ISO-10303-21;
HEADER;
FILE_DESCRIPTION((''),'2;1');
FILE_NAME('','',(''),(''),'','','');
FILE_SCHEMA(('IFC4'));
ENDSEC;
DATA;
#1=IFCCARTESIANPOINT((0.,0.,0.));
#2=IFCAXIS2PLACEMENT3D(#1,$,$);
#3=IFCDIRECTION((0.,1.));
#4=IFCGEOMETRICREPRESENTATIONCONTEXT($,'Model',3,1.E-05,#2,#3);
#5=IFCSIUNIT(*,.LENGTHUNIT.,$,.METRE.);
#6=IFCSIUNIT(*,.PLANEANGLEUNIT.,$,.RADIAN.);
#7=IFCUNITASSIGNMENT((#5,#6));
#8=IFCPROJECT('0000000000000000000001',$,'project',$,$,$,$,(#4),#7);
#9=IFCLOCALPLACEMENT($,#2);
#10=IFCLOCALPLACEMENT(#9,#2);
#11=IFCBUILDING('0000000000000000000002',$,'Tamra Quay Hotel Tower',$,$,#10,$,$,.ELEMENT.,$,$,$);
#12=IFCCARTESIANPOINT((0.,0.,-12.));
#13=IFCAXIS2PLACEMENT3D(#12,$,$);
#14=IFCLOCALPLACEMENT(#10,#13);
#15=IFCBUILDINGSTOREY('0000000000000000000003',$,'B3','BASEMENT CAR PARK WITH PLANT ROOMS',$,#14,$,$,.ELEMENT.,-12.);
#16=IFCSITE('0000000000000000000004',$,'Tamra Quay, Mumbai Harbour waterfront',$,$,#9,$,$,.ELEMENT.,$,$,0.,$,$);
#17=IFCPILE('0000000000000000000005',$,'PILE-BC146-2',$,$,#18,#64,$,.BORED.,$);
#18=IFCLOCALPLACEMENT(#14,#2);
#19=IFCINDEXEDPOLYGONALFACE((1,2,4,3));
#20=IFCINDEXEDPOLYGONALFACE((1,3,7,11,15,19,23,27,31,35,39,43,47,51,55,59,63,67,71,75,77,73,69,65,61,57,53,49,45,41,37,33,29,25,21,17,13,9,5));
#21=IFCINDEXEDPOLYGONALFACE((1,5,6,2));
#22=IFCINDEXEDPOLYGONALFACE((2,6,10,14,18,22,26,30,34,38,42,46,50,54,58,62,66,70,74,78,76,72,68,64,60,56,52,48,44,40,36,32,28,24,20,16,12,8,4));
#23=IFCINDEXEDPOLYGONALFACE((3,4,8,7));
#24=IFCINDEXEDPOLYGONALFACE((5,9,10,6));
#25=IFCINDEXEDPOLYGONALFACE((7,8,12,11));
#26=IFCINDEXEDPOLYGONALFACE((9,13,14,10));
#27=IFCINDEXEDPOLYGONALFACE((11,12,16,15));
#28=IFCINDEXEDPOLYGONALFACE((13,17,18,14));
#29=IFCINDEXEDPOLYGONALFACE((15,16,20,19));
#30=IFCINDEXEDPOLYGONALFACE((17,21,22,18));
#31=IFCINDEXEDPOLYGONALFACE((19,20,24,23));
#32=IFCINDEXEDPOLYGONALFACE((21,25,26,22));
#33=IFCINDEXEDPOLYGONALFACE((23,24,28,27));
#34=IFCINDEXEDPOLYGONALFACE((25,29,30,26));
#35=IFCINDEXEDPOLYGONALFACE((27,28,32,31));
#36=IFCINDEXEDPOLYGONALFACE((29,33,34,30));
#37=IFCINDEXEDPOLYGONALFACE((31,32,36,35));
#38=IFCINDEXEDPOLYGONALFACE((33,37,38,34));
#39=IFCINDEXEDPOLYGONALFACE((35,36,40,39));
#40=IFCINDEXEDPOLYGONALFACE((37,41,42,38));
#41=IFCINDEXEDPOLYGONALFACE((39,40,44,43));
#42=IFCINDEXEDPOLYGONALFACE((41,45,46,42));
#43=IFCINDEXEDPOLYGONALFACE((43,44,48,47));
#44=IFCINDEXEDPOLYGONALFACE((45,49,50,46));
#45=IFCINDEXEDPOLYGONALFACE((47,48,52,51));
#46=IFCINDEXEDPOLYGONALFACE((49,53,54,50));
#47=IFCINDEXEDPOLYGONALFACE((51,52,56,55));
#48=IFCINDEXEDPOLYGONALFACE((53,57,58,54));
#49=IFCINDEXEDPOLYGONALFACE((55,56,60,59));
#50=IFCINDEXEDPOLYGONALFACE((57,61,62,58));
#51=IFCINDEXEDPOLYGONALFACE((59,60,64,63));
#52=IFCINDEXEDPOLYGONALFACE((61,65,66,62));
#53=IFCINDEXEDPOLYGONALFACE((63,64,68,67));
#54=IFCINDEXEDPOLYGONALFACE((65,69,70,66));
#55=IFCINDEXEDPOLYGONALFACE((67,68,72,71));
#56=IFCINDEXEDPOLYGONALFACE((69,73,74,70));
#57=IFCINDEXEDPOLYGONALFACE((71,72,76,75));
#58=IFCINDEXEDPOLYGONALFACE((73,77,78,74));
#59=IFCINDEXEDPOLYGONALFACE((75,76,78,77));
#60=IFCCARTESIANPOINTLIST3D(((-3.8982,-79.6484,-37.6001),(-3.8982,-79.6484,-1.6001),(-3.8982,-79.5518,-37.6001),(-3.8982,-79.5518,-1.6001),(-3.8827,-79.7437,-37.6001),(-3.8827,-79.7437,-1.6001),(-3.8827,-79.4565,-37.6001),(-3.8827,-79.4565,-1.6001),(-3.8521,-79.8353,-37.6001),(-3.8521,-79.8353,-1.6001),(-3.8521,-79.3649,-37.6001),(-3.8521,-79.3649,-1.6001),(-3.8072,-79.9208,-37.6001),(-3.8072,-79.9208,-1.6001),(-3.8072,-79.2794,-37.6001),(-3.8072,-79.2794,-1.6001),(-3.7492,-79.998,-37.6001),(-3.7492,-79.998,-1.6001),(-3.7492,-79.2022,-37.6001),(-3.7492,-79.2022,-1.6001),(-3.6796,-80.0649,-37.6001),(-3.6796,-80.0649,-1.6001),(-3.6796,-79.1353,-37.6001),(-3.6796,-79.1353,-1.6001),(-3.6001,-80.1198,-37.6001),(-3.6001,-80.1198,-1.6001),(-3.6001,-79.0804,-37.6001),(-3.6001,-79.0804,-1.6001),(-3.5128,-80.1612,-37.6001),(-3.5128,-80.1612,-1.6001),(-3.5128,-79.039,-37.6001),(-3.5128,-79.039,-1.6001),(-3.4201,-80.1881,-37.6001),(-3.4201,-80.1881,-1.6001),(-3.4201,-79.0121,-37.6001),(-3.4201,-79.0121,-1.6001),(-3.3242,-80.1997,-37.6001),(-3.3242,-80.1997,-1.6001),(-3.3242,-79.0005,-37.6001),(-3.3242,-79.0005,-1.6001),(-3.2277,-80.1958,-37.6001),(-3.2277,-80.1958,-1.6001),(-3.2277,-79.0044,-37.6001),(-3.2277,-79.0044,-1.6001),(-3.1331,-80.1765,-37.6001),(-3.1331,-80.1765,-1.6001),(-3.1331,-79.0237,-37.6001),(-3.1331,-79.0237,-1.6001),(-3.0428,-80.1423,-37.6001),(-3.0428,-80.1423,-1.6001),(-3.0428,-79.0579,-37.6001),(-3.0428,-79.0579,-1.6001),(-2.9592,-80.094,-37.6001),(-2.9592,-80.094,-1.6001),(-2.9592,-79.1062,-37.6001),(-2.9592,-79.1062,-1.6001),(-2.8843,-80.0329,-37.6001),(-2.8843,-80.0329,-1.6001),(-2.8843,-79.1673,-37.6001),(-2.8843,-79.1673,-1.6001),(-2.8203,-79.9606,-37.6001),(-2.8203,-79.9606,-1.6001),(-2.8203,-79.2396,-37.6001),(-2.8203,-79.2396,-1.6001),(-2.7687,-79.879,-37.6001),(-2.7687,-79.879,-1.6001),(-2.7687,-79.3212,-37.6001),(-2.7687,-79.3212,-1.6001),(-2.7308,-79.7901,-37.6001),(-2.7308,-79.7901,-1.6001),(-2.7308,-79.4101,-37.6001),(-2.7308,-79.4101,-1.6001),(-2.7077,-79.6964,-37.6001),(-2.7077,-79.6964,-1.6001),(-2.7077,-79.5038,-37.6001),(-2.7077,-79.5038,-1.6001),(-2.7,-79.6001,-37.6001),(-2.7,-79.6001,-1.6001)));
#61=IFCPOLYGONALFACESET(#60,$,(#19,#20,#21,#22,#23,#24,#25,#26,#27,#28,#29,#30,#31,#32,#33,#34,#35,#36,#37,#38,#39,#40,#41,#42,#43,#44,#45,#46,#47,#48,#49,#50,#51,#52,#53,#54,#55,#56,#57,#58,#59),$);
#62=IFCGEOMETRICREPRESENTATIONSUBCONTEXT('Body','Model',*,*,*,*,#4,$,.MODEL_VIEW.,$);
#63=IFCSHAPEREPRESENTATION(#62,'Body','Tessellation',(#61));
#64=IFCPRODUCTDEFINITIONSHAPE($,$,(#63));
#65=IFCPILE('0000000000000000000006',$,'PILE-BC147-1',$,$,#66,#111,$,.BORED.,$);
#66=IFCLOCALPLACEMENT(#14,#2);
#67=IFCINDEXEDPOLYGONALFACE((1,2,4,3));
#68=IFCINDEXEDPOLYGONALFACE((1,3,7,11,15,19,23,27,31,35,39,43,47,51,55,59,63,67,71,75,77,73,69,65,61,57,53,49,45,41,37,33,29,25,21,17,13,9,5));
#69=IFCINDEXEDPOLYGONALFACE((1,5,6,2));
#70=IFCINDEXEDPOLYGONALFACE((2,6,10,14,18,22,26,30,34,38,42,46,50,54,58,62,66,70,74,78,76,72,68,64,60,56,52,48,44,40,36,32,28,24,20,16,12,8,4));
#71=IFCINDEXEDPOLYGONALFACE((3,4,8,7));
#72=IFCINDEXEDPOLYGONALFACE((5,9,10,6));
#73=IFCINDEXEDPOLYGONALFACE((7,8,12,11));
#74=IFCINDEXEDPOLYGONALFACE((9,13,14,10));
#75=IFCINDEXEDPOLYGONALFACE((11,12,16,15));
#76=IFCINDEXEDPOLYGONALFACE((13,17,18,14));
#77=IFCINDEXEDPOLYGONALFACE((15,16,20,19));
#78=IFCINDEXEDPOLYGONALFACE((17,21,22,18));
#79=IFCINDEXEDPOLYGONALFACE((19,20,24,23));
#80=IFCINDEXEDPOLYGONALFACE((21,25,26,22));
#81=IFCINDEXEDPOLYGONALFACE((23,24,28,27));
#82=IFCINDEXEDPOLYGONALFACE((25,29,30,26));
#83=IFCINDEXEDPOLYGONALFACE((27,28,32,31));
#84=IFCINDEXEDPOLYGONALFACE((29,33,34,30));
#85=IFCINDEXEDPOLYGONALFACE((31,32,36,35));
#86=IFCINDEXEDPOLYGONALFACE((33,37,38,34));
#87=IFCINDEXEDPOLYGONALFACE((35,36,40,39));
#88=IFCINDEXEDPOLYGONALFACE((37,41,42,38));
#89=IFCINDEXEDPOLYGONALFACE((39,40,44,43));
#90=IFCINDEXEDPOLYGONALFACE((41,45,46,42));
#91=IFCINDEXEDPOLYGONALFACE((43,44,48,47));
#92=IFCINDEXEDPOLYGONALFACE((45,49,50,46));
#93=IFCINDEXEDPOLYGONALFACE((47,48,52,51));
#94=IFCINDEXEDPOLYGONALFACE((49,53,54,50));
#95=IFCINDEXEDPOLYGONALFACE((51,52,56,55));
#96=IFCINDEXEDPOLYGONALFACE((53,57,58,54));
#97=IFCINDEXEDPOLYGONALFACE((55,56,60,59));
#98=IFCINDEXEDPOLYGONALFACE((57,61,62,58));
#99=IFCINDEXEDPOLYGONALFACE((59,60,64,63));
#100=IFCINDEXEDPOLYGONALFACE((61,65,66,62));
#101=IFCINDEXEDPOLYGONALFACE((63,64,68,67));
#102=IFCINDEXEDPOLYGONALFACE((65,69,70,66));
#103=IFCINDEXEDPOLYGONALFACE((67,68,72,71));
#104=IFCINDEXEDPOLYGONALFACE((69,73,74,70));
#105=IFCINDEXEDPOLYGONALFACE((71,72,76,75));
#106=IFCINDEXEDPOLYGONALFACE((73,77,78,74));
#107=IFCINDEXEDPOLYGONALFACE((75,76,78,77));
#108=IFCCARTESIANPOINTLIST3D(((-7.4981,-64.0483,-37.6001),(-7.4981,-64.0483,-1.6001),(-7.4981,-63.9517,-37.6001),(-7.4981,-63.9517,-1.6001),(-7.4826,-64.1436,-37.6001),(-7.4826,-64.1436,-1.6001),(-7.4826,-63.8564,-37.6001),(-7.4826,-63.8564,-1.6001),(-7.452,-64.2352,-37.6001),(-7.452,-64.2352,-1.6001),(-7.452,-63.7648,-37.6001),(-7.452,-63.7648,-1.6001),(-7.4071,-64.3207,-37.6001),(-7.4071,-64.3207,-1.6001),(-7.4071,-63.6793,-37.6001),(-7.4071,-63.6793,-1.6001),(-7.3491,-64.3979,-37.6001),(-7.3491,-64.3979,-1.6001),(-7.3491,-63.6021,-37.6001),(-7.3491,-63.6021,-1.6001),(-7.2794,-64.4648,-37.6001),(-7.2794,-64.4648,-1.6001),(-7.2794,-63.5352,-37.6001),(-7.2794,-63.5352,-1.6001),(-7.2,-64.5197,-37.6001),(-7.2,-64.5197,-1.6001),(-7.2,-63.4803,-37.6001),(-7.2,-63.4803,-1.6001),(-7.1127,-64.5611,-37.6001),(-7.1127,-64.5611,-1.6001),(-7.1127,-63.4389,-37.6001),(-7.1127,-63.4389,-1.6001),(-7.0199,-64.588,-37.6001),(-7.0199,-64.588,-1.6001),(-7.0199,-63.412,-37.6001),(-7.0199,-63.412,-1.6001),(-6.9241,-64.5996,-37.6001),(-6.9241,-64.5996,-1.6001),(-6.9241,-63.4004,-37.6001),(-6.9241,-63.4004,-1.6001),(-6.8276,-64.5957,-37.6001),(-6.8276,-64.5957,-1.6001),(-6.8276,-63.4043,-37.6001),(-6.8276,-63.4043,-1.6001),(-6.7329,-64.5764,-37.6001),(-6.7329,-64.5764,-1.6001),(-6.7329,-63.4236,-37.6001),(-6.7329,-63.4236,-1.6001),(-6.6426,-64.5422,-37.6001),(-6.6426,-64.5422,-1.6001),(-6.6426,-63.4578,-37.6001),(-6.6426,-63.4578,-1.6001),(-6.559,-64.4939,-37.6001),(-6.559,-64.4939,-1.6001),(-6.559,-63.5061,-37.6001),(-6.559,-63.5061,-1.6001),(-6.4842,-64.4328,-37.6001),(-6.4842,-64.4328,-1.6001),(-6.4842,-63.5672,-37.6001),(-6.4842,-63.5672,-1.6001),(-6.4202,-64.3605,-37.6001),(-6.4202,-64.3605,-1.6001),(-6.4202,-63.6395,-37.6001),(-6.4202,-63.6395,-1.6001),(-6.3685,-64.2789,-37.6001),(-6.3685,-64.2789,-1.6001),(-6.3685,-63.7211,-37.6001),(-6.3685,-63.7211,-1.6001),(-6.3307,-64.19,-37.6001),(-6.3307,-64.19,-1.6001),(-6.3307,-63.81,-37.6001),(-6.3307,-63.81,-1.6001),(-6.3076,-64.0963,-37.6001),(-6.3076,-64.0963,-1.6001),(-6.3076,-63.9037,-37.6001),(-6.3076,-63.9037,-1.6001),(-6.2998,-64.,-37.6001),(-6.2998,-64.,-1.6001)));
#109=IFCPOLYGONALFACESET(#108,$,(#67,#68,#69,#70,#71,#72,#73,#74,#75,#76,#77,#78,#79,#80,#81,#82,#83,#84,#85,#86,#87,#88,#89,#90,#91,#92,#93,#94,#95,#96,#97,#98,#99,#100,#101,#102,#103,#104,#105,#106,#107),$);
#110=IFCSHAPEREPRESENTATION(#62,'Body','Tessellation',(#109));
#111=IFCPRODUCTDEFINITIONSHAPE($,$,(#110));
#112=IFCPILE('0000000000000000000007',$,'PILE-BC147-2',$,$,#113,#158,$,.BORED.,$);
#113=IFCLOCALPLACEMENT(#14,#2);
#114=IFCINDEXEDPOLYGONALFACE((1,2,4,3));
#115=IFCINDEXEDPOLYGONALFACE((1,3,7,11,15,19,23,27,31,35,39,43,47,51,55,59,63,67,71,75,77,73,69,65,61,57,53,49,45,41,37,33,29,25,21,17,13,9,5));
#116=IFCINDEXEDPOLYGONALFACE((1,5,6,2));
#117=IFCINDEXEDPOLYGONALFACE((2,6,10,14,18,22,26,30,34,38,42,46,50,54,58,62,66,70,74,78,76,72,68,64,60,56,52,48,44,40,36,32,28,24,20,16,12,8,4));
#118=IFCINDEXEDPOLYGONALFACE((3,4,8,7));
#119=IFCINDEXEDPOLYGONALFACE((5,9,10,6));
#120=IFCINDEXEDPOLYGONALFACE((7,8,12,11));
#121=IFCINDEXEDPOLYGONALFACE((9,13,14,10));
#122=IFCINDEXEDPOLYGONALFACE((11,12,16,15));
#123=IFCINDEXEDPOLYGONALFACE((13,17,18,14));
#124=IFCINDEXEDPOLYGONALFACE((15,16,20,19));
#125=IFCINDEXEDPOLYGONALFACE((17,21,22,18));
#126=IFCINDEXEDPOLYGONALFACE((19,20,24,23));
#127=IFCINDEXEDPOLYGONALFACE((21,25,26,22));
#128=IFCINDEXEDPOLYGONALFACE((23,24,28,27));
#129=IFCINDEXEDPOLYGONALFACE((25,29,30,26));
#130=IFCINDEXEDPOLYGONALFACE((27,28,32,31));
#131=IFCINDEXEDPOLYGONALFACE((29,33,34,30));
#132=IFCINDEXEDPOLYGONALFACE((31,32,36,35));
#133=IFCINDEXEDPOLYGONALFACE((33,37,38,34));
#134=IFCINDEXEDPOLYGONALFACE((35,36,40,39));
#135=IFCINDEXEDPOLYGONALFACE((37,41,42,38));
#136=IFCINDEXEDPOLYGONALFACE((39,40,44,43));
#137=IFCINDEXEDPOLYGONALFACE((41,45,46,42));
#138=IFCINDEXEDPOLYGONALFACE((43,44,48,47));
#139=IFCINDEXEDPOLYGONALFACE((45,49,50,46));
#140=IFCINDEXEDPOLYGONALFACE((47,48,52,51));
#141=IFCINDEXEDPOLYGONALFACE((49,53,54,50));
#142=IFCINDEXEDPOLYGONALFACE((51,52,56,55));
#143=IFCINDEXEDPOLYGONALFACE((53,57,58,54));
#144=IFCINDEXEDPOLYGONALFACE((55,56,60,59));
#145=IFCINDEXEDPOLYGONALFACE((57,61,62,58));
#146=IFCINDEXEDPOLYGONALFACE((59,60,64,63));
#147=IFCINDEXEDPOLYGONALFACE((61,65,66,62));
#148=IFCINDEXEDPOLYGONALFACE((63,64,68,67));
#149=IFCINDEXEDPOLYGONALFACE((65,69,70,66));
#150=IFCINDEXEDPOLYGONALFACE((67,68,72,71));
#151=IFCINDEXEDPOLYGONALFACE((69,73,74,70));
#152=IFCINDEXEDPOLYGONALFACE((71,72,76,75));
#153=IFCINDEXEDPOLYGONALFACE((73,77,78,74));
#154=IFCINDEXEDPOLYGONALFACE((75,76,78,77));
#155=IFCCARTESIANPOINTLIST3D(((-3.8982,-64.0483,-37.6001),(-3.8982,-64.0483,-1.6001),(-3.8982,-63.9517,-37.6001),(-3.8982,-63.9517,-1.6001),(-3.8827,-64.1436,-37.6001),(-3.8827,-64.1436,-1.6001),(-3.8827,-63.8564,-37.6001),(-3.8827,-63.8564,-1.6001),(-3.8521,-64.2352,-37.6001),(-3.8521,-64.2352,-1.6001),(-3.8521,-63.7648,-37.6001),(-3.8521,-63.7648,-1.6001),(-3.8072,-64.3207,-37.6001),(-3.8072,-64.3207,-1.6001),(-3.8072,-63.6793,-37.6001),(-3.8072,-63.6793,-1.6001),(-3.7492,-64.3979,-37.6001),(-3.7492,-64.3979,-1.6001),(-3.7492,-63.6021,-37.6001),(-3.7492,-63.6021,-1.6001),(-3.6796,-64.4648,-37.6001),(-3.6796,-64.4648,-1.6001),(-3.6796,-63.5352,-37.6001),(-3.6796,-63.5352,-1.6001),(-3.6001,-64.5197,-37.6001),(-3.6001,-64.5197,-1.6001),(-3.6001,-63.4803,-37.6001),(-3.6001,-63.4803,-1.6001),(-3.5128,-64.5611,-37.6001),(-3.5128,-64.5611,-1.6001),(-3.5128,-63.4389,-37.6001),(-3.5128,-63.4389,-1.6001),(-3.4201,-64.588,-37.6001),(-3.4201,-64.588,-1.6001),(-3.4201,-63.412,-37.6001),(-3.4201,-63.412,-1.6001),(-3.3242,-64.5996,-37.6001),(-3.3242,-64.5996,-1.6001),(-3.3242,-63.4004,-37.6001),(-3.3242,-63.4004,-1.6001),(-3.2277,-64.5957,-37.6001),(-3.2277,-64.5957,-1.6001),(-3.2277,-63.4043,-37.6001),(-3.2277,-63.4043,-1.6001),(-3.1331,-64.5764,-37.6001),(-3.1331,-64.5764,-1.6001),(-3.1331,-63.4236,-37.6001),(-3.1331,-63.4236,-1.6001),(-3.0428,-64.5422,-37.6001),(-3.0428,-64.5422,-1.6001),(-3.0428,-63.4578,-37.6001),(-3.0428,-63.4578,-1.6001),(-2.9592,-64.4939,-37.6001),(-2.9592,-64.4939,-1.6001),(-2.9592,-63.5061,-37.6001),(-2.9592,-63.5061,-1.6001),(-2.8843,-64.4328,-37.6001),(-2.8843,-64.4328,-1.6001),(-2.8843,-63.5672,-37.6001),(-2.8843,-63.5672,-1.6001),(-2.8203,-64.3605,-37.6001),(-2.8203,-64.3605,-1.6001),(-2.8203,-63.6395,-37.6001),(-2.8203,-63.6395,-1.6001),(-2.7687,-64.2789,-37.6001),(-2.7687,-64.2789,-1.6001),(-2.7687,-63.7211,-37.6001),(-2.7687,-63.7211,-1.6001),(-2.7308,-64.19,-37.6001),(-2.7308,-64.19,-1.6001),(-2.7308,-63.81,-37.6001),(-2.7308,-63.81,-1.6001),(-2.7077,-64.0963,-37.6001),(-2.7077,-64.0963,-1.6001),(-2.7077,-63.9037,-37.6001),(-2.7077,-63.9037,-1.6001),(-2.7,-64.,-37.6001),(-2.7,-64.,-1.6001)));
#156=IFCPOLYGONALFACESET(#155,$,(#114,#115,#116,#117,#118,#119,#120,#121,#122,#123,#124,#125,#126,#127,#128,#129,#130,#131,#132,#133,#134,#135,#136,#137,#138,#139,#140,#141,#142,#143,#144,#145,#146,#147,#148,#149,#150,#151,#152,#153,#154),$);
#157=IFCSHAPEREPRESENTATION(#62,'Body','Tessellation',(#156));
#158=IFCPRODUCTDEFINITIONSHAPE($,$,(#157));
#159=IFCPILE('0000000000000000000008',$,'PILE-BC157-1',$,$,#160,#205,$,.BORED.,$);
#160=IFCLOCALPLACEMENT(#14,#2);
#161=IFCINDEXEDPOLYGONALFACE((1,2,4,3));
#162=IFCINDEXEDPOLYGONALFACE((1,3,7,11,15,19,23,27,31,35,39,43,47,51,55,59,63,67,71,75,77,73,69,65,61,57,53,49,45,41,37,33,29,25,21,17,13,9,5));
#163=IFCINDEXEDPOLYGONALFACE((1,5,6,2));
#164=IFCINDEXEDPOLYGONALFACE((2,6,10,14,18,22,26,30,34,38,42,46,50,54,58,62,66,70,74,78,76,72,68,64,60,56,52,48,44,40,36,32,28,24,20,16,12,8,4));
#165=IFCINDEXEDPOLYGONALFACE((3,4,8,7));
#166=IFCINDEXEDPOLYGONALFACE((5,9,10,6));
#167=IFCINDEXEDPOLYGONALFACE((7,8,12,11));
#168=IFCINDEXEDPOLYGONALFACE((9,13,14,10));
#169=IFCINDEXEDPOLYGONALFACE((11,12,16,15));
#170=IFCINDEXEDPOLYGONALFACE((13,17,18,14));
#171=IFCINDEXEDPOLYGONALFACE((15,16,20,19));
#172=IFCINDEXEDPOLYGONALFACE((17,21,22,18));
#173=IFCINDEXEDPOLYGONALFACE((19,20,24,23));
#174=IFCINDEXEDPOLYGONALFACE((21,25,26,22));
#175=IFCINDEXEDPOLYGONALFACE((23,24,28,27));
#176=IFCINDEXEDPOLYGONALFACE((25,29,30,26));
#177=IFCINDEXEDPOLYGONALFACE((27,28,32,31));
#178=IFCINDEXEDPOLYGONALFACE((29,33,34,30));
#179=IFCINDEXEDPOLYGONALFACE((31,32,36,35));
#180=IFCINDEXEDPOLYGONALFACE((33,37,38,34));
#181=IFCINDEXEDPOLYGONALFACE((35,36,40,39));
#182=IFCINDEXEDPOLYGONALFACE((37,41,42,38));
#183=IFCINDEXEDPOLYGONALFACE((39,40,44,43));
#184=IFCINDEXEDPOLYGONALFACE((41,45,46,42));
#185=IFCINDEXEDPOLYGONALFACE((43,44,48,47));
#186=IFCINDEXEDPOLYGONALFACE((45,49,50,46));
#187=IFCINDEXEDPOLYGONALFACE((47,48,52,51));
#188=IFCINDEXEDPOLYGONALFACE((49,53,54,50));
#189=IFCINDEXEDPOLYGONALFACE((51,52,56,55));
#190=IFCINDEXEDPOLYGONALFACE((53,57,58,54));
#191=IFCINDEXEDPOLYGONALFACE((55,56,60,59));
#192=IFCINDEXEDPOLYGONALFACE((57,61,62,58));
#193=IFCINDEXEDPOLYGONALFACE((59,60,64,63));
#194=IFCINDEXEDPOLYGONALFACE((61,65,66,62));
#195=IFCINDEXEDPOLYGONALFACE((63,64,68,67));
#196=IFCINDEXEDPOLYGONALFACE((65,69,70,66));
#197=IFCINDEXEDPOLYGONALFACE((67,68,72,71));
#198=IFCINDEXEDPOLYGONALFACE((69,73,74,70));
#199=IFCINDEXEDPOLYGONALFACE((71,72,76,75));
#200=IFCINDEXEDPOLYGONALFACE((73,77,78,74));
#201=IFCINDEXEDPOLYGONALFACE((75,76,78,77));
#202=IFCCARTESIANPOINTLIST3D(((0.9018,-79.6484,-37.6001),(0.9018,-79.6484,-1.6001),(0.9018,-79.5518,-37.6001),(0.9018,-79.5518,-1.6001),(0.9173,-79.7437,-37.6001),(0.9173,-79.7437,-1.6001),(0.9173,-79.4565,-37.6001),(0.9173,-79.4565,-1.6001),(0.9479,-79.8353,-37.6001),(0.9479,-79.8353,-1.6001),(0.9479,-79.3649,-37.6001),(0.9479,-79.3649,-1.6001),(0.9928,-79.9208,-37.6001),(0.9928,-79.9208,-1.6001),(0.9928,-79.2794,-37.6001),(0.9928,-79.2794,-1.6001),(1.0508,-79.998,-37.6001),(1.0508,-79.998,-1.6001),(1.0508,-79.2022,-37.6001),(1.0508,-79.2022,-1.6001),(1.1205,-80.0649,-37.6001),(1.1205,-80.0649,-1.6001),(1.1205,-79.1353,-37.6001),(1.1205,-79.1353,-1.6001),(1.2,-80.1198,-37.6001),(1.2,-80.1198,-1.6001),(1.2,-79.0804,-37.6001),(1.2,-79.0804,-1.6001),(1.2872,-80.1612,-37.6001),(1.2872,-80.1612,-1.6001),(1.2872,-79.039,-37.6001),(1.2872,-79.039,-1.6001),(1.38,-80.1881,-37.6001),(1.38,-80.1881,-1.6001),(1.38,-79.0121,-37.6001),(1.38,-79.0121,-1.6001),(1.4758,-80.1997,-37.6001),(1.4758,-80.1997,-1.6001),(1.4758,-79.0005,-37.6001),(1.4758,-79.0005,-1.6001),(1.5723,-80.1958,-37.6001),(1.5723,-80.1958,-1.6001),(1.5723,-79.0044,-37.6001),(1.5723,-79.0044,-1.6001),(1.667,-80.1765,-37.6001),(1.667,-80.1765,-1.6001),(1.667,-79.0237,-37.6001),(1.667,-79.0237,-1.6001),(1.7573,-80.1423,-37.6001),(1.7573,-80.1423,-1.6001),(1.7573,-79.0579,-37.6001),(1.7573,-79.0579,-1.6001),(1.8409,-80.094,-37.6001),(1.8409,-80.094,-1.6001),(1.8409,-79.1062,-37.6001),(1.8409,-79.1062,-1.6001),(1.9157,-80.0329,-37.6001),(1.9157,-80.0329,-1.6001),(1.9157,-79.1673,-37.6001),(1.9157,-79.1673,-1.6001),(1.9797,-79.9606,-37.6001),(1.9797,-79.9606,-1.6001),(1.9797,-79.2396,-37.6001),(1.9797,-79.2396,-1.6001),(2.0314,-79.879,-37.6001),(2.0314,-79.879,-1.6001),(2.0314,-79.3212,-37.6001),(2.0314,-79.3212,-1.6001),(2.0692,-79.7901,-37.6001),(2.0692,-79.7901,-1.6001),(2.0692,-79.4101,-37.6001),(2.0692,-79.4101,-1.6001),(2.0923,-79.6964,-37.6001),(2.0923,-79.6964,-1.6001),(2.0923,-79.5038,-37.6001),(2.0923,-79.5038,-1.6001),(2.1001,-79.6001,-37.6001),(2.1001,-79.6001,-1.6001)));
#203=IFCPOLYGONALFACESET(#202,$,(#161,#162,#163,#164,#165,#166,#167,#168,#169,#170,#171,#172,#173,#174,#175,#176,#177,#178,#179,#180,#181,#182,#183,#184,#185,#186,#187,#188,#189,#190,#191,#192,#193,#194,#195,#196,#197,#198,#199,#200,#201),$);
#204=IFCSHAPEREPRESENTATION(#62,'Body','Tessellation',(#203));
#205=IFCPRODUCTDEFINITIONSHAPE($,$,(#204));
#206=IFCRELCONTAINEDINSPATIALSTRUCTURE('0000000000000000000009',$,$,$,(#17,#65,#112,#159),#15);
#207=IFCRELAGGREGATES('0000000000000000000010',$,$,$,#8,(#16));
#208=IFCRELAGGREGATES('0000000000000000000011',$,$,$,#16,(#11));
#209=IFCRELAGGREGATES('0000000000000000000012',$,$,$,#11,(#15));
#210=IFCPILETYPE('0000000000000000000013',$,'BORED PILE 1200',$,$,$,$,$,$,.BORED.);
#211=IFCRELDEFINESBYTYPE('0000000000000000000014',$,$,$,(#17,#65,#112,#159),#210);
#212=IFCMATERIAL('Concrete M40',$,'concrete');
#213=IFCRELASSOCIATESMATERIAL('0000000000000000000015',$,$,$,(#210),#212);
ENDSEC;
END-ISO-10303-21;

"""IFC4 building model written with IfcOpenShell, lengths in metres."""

from ifc_helpers import new_model, si_unit, direction, frame, origin, origin_2d, place, context, subcontext, project, spatial, circle, extrude, material, material_profile, profile_set, type_object, element, save


model = new_model("IFC4")

# Units and contexts
model_context = context("Model", 3, precision=1e-05, world=origin(), true_north=direction((0.0, 1.0)))
body_context = subcontext(model_context, "Body", "Model", "MODEL_VIEW")
ifc_project = project(units=[si_unit("LENGTHUNIT", "METRE"), si_unit("PLANEANGLEUNIT", "RADIAN")], contexts=[model_context])

# Site, building, storey
site_placement = place(None, origin())
site = spatial("IfcSite", under=ifc_project, at=site_placement, Name="Tamra Quay, Mumbai Harbour waterfront", CompositionType="ELEMENT", RefElevation=0.0)
building_placement = place(site_placement, origin())
building = spatial("IfcBuilding", under=site, at=building_placement, Name="Tamra Quay Hotel Tower", CompositionType="ELEMENT")
storey_placement = place(building_placement, frame((0.0, 0.0, -12.0)))
storey = spatial("IfcBuildingStorey", under=building, at=storey_placement, Name="B3", Description="BASEMENT CAR PARK WITH PLANT ROOMS", CompositionType="ELEMENT", Elevation=-12.0)

# Piles
ifc_material_1 = material(Name="Concrete M40", Category="concrete")
ifc_material_profile_1 = material_profile(ifc_material_1, circle(Radius=0.6001, at=origin_2d()), Name="BORED PILE 1200")
ifc_profile_set_1 = profile_set([ifc_material_profile_1], Name="Concrete M40")
pile_type = type_object("IfcPileType", Name="BORED PILE 1200", PredefinedType="BORED", material=ifc_profile_set_1)
for number, where, z_axis, x_axis, name in (
    (1, (-3.3, -79.6001, -1.6001), (0.0, 0.0, -1.0), (1.0, 0.0, 0.0), "PILE-BC146-2"),
    (2, (-6.8999, -64.0, -1.6001), (0.0, 0.0, -1.0), (1.0, 0.0, 0.0), "PILE-BC147-1"),
    (3, (-3.3, -64.0, -1.6001), (0.0, 0.0, -1.0), (1.0, 0.0, 0.0), "PILE-BC147-2"),
    (4, (1.5, -79.6001, -1.6001), (0.0, 0.0, -1.0), (1.0, 0.0, 0.0), "PILE-BC157-1"),
):
    element("IfcPile", number, at=place(storey_placement, frame(where, z_axis=z_axis, x_axis=x_axis)), inside=storey, type_object=pile_type, Name=name, PredefinedType="BORED", context=body_context, shape_type="SweptSolid", body=[
        extrude(circle(Radius=0.6001, at=origin_2d()), origin(), (0.0, 0.0, 1.0), 36.0),
    ])

save(model, "model.ifc")
